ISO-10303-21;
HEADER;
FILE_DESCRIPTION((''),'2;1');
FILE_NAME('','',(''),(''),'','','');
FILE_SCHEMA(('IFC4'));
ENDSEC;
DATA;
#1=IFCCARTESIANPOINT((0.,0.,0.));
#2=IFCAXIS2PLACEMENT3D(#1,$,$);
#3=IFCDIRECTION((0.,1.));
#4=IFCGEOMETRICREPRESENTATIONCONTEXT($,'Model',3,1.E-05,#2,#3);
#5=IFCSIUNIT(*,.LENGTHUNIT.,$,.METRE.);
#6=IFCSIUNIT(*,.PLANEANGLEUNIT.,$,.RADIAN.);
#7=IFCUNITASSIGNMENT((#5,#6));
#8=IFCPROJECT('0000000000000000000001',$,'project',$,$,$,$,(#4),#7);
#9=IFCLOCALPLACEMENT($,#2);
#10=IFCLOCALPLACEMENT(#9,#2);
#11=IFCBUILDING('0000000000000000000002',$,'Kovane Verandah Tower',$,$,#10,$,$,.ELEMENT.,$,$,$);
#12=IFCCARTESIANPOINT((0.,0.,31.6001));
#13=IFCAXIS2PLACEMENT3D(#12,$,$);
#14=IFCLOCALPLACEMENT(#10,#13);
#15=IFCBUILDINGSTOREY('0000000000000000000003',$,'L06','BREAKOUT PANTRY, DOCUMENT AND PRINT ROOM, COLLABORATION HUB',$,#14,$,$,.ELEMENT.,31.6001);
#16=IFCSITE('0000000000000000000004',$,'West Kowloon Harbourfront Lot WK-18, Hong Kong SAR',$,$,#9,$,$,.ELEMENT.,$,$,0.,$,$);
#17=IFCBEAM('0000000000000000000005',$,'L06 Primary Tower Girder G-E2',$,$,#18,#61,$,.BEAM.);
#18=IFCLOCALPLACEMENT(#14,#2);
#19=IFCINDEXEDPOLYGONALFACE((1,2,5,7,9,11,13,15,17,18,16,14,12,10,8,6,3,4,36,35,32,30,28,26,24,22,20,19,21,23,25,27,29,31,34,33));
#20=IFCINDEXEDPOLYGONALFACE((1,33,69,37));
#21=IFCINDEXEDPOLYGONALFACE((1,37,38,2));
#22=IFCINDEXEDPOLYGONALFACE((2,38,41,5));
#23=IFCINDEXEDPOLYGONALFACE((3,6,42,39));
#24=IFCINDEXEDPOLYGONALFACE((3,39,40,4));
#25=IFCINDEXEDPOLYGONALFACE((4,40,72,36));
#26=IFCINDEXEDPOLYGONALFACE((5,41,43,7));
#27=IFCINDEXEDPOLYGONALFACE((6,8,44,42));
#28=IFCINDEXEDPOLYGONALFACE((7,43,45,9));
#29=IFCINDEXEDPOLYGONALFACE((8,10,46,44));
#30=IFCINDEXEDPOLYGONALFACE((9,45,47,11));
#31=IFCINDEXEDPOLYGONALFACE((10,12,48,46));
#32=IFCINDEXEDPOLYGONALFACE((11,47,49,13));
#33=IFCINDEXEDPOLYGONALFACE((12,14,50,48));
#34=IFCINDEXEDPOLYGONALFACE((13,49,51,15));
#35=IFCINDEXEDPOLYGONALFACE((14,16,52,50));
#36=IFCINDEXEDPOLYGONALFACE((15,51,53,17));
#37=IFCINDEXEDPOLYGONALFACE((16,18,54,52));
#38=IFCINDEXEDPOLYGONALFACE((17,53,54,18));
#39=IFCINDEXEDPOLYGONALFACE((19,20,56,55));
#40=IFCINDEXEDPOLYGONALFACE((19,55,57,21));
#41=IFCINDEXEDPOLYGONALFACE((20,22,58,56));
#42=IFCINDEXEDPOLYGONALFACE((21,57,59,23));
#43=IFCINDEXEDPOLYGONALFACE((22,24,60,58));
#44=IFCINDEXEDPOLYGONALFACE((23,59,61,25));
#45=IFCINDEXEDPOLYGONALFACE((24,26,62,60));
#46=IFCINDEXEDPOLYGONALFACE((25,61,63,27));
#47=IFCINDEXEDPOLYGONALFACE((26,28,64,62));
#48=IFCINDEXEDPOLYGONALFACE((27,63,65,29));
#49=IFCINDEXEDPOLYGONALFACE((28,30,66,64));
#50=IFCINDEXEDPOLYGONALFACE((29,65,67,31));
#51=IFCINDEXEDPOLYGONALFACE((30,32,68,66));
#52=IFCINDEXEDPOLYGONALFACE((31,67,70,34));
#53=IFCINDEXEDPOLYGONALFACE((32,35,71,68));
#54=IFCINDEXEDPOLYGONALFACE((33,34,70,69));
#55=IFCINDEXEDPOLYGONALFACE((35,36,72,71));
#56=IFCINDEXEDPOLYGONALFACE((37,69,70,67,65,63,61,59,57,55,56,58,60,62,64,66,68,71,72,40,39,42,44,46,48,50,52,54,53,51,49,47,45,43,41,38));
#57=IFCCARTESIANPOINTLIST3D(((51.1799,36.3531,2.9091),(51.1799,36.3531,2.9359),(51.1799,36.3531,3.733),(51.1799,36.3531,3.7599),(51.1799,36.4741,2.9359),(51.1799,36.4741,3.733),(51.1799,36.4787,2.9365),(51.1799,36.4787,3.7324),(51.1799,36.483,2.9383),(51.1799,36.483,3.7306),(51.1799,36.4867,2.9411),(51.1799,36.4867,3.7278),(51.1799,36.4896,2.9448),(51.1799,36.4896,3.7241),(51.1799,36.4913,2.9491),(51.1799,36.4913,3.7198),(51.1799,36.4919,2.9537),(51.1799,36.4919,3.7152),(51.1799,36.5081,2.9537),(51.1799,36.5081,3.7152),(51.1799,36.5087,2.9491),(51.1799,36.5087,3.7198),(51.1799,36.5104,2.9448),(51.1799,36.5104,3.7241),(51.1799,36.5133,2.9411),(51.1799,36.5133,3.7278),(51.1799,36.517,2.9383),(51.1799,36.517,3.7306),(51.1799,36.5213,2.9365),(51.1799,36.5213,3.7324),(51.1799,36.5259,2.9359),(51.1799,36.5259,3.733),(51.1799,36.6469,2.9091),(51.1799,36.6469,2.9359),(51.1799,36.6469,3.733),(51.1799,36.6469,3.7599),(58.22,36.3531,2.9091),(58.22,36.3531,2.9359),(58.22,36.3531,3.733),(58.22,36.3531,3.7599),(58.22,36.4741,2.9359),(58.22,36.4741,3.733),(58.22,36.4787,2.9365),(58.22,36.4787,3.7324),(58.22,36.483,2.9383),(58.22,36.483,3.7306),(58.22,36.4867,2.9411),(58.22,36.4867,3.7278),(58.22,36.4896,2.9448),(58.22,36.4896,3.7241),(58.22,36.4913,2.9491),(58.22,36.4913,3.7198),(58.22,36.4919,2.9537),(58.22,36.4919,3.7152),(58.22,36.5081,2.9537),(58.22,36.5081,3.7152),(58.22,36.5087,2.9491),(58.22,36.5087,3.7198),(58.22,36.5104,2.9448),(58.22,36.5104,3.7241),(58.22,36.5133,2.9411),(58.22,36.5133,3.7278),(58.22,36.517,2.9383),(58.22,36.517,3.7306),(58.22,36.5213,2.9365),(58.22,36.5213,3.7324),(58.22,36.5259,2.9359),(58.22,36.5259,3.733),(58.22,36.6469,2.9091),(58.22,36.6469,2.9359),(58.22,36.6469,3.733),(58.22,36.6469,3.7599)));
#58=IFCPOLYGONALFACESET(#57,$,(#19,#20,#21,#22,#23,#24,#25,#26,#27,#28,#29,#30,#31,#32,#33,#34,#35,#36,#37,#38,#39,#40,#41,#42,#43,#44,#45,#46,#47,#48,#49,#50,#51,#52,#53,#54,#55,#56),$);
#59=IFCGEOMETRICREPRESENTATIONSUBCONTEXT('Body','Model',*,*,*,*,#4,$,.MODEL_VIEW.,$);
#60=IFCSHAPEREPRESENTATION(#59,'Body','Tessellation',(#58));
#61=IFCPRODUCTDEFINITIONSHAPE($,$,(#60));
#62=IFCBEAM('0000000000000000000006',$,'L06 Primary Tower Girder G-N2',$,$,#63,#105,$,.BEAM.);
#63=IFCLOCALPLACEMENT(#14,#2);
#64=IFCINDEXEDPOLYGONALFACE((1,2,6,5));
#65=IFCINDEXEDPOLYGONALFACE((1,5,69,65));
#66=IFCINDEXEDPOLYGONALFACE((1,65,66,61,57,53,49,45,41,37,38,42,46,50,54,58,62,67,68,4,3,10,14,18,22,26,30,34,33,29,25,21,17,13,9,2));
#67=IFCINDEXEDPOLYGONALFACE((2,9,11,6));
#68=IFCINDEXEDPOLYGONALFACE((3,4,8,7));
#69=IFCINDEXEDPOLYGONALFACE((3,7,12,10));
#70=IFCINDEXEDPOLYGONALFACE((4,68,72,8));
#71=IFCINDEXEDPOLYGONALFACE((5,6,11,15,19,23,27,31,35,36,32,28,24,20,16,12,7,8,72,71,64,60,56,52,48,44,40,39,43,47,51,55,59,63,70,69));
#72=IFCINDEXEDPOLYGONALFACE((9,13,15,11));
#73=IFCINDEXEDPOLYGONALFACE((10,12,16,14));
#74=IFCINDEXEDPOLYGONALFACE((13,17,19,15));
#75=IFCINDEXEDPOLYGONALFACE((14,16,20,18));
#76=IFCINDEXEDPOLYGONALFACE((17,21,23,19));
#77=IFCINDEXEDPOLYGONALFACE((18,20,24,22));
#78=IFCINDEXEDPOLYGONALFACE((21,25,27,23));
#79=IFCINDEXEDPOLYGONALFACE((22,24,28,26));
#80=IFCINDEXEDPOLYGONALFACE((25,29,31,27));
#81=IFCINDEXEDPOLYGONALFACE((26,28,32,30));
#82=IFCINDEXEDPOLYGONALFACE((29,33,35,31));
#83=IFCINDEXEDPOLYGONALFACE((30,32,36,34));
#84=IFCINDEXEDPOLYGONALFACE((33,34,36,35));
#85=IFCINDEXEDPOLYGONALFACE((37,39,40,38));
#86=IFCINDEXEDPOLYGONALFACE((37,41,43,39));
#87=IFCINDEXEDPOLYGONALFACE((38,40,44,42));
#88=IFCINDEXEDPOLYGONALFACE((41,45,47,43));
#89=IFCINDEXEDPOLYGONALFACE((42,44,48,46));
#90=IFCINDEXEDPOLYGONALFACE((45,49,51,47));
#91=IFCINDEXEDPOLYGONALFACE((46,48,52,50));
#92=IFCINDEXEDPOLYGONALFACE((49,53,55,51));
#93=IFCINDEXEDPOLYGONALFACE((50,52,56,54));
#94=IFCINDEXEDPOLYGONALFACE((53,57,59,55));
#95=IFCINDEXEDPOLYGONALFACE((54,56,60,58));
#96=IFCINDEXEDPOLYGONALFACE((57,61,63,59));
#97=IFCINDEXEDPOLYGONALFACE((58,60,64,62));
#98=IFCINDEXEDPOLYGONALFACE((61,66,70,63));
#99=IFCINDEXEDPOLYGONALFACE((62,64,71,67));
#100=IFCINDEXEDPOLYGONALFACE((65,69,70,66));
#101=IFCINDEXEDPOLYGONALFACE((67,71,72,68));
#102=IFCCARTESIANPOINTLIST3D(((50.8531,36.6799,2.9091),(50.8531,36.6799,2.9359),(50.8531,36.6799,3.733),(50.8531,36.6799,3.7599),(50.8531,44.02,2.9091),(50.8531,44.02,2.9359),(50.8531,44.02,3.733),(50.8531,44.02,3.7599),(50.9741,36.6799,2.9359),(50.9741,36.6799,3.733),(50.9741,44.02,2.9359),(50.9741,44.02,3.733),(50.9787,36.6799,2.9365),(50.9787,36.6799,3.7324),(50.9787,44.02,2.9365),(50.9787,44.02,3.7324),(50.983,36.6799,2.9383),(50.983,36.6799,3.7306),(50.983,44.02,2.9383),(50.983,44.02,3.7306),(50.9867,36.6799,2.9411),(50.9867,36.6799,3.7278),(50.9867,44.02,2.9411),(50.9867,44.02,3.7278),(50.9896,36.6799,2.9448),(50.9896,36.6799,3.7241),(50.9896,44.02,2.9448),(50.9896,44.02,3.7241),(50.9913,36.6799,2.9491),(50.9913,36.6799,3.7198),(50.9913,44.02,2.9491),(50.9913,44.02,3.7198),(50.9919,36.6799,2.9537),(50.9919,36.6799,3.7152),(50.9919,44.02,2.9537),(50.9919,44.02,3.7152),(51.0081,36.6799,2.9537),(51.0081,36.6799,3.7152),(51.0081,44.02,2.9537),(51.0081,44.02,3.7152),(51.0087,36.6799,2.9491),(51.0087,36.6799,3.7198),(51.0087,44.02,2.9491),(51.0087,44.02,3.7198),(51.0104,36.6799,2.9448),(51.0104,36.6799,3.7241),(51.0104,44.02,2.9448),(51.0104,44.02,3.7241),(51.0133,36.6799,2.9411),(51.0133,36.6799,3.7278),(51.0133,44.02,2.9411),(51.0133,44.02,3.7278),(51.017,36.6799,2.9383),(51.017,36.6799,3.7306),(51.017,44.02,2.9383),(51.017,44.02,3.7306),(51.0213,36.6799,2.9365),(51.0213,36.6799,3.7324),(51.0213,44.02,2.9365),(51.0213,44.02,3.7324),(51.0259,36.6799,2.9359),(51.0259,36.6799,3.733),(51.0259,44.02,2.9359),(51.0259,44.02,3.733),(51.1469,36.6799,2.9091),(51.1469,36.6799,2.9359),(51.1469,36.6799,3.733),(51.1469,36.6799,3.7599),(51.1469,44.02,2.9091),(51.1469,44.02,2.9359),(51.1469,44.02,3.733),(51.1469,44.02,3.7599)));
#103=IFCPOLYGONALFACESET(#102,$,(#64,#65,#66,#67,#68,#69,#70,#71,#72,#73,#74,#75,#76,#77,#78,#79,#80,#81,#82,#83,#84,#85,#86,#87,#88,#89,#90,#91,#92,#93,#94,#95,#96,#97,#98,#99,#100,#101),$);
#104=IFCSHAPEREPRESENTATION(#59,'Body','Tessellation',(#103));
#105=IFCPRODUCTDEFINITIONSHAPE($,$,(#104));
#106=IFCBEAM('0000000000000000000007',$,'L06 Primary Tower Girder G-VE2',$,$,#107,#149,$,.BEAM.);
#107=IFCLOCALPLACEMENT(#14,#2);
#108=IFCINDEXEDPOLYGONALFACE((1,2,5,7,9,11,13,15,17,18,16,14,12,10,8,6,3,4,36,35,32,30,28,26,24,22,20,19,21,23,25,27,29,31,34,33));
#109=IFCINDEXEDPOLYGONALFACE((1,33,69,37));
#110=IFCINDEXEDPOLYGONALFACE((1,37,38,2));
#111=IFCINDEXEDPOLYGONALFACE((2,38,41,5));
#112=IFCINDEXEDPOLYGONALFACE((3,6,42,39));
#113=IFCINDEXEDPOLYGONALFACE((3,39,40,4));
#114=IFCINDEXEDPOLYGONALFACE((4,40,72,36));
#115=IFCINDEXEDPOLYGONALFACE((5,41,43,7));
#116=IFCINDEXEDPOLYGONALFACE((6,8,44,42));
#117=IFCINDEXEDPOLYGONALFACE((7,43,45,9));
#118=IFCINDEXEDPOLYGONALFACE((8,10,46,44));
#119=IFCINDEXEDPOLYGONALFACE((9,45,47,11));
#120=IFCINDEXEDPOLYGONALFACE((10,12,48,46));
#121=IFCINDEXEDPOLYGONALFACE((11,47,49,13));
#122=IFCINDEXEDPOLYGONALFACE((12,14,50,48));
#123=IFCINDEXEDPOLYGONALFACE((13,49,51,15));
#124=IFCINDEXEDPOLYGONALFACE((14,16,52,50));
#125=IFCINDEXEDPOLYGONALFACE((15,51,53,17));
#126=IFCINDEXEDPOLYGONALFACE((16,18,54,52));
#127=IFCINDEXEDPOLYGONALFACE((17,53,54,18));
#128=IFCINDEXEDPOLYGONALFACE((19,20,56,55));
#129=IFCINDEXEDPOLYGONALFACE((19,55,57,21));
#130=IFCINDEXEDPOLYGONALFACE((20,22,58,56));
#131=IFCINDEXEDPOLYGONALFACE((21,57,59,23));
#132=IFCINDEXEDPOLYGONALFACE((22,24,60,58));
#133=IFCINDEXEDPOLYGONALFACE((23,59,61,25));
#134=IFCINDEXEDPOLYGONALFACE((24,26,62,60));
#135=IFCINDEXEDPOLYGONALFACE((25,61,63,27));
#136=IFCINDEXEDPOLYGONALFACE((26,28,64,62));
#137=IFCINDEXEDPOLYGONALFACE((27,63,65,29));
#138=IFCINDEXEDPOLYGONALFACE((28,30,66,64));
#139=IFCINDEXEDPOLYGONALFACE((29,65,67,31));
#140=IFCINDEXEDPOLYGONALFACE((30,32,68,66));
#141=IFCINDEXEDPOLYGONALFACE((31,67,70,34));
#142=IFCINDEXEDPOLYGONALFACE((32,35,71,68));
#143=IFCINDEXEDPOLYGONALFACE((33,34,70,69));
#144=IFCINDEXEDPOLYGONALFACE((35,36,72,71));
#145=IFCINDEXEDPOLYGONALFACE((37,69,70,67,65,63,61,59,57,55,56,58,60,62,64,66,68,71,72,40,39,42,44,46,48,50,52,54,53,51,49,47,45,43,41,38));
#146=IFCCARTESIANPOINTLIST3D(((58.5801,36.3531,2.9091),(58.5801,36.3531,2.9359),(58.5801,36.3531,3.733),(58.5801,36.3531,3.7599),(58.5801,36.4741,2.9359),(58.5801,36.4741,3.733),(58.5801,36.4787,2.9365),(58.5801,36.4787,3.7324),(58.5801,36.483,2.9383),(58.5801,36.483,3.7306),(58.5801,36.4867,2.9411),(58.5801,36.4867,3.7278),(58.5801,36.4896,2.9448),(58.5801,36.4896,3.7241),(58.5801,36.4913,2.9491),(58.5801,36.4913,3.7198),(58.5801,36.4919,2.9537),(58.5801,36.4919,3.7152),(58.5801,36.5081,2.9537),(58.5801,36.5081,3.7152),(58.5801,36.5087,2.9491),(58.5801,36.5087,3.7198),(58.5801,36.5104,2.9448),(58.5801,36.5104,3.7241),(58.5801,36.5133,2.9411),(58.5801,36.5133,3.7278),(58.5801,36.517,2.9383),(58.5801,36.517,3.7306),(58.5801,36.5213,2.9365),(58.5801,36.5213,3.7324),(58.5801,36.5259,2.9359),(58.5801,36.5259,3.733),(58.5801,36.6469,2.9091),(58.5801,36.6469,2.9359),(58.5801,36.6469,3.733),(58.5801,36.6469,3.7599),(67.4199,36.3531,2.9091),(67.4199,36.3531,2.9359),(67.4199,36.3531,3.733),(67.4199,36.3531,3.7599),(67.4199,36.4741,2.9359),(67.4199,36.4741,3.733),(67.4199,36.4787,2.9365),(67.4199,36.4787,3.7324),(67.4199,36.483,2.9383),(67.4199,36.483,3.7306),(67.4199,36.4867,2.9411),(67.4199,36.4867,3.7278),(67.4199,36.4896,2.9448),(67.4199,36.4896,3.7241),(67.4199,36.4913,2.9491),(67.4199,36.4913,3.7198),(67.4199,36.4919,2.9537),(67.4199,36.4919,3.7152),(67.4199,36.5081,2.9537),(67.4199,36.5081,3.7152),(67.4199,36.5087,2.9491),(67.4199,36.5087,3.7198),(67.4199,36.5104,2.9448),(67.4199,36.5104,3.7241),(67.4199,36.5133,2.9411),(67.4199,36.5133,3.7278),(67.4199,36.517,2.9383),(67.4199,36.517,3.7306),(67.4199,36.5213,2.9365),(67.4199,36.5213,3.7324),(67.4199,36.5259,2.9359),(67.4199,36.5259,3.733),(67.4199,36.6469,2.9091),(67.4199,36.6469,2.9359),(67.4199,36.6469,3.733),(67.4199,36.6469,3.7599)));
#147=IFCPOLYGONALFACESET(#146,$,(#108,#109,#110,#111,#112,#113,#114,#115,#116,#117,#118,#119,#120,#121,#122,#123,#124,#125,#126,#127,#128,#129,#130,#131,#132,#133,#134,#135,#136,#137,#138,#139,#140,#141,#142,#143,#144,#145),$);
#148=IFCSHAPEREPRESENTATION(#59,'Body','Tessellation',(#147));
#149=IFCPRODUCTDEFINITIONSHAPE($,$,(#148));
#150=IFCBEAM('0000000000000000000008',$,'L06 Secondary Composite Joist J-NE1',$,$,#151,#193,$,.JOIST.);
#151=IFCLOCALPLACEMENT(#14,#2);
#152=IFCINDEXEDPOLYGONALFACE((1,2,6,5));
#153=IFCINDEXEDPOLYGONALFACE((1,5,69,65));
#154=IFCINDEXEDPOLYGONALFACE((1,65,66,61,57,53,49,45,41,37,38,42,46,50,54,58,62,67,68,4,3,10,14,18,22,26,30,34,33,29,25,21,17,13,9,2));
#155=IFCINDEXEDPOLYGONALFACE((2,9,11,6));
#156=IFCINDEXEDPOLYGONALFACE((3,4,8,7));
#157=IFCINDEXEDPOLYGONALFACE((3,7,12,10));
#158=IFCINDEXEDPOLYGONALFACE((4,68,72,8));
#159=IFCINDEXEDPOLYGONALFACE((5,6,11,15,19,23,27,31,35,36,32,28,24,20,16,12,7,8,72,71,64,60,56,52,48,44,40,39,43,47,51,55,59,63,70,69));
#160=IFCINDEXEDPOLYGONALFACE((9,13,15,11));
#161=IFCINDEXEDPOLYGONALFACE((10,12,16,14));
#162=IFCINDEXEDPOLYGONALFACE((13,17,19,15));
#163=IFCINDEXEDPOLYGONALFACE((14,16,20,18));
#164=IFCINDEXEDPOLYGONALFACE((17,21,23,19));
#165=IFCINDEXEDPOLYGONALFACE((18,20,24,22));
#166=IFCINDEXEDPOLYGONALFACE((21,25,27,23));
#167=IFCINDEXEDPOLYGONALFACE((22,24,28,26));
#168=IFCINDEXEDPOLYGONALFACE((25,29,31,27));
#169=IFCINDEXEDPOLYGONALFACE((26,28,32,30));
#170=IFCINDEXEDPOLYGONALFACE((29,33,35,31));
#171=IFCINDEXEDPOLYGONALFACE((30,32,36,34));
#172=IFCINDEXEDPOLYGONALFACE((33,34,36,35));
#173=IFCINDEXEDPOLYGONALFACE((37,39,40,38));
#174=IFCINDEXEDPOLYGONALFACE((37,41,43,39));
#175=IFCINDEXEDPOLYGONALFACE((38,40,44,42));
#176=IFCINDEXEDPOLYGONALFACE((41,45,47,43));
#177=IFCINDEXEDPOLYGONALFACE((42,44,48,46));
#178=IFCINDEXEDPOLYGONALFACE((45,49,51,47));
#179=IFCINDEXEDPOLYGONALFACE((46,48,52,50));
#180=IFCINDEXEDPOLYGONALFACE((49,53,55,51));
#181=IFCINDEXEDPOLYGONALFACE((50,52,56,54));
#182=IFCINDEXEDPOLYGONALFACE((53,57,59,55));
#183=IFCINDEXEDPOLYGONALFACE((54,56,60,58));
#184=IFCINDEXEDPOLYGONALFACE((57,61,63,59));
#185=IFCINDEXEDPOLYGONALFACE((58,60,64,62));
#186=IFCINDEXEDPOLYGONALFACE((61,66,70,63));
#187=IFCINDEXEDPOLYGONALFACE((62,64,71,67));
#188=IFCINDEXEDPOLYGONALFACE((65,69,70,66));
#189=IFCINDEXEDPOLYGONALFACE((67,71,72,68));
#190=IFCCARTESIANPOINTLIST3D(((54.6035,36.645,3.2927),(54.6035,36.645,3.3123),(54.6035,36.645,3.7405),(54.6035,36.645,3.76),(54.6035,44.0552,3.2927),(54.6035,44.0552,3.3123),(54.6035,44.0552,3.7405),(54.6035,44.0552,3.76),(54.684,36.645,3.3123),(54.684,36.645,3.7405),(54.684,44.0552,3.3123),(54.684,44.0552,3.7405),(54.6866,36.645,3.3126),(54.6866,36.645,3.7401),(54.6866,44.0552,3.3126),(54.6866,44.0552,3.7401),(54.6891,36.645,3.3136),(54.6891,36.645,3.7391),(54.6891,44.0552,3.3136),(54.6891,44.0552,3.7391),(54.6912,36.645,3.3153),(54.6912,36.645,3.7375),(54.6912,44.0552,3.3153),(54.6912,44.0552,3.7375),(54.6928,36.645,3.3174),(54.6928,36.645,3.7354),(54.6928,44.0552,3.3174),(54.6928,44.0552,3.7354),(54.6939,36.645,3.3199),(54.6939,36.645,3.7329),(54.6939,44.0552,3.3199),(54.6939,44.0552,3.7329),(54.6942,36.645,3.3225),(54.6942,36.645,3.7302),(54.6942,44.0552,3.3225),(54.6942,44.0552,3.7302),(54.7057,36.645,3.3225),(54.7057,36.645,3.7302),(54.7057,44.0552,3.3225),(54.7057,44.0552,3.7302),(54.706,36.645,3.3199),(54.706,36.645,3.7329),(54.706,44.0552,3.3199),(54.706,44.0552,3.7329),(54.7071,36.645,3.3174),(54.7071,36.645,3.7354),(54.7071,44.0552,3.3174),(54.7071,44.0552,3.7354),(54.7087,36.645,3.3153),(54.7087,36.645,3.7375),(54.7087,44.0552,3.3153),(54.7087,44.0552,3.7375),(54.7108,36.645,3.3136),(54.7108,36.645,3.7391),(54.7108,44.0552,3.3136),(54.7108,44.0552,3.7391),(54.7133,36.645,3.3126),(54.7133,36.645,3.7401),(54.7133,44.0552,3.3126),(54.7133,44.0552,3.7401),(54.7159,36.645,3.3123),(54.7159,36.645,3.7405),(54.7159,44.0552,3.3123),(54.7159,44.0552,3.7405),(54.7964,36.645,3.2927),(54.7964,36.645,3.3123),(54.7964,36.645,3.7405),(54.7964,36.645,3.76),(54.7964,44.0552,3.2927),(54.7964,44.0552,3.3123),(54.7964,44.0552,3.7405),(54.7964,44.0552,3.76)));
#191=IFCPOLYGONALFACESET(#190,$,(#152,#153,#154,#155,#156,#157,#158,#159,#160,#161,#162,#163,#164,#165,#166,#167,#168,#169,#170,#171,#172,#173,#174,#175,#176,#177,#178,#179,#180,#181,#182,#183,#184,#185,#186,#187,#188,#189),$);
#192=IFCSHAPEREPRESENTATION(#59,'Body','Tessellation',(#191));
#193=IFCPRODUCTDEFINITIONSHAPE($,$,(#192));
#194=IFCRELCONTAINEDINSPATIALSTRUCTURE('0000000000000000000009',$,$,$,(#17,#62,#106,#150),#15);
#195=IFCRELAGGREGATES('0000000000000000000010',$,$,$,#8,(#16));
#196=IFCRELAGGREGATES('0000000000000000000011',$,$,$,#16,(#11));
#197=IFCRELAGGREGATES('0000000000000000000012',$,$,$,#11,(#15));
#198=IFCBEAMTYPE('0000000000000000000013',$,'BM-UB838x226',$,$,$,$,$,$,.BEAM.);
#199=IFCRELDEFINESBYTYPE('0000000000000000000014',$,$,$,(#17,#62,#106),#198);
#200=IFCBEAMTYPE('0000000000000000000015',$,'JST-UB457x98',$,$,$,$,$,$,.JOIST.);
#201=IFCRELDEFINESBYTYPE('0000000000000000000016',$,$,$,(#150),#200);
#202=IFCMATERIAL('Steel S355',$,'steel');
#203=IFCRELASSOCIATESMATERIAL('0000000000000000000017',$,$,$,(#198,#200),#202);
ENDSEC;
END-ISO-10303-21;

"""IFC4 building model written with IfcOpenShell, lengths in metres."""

from ifc_helpers import new_model, si_unit, direction, frame, origin, origin_2d, place, context, subcontext, project, spatial, i_section, extrude, material, material_profile, profile_set, type_object, element, save


model = new_model("IFC4")

# Units and contexts
model_context = context("Model", 3, precision=1e-05, world=origin(), true_north=direction((0.0, 1.0)))
body_context = subcontext(model_context, "Body", "Model", "MODEL_VIEW")
ifc_project = project(units=[si_unit("LENGTHUNIT", "METRE"), si_unit("PLANEANGLEUNIT", "RADIAN")], contexts=[model_context])

# Site, building, storey
site_placement = place(None, origin())
site = spatial("IfcSite", under=ifc_project, at=site_placement, Name="West Kowloon Harbourfront Lot WK-18, Hong Kong SAR", CompositionType="ELEMENT", RefElevation=0.0)
building_placement = place(site_placement, origin())
building = spatial("IfcBuilding", under=site, at=building_placement, Name="Kovane Verandah Tower", CompositionType="ELEMENT")
storey_placement = place(building_placement, frame((0.0, 0.0, 31.6001)))
storey = spatial("IfcBuildingStorey", under=building, at=storey_placement, Name="L06", Description="BREAKOUT PANTRY, DOCUMENT AND PRINT ROOM, COLLABORATION HUB", CompositionType="ELEMENT", Elevation=31.6001)

# Beams
ifc_material_1 = material(Name="Steel S355", Category="steel")
ifc_material_profile_1 = material_profile(ifc_material_1, i_section(OverallWidth=0.2937, OverallDepth=0.8508, WebThickness=0.0161, FlangeThickness=0.0269, FilletRadius=0.0178, at=origin_2d()), Name="UB838x292x226")
ifc_profile_set_1 = profile_set([ifc_material_profile_1], Name="Steel S355")
beam_type_1 = type_object("IfcBeamType", Name="BM-UB838x226", PredefinedType="BEAM", material=ifc_profile_set_1)
beam_1_placement = place(storey_placement, frame((51.1799, 36.5, 3.3345), z_axis=(1.0, 0.0, 0.0), x_axis=(0.0, 1.0, 0.0)))
element("IfcBeam", 1, at=beam_1_placement, inside=storey, type_object=beam_type_1, Name="L06 Primary Tower Girder G-E2", PredefinedType="BEAM", context=body_context, shape_type="SweptSolid", body=[
    extrude(i_section(OverallWidth=0.2937, OverallDepth=0.8508, WebThickness=0.0161, FlangeThickness=0.0269, FilletRadius=0.0178, at=origin_2d()), origin(), (0.0, 0.0, 1.0), 7.04),
])
beam_2_placement = place(storey_placement, frame((51.0, 36.6799, 3.3345), z_axis=(0.0, 1.0, 0.0), x_axis=(-1.0, 0.0, 0.0)))
element("IfcBeam", 2, at=beam_2_placement, inside=storey, type_object=beam_type_1, Name="L06 Primary Tower Girder G-N2", PredefinedType="BEAM", context=body_context, shape_type="SweptSolid", body=[
    extrude(i_section(OverallWidth=0.2937, OverallDepth=0.8508, WebThickness=0.0161, FlangeThickness=0.0269, FilletRadius=0.0178, at=origin_2d()), origin(), (0.0, 0.0, 1.0), 7.3401),
])
beam_3_placement = place(storey_placement, frame((58.5801, 36.5, 3.3345), z_axis=(1.0, 0.0, 0.0), x_axis=(0.0, 1.0, 0.0)))
element("IfcBeam", 3, at=beam_3_placement, inside=storey, type_object=beam_type_1, Name="L06 Primary Tower Girder G-VE2", PredefinedType="BEAM", context=body_context, shape_type="SweptSolid", body=[
    extrude(i_section(OverallWidth=0.2937, OverallDepth=0.8508, WebThickness=0.0161, FlangeThickness=0.0269, FilletRadius=0.0178, at=origin_2d()), origin(), (0.0, 0.0, 1.0), 8.8398),
])
ifc_material_profile_2 = material_profile(ifc_material_1, i_section(OverallWidth=0.1929, OverallDepth=0.4673, WebThickness=0.0115, FlangeThickness=0.0195, FilletRadius=0.0103, at=origin_2d()), Name="UB457x191x98")
ifc_profile_set_2 = profile_set([ifc_material_profile_2], Name="Steel S355")
beam_type_2 = type_object("IfcBeamType", Name="JST-UB457x98", PredefinedType="JOIST", material=ifc_profile_set_2)
beam_4_placement = place(storey_placement, frame((54.7, 36.645, 3.5264), z_axis=(0.0, 1.0, 0.0), x_axis=(-1.0, 0.0, 0.0)))
element("IfcBeam", 4, at=beam_4_placement, inside=storey, type_object=beam_type_2, Name="L06 Secondary Composite Joist J-NE1", PredefinedType="JOIST", context=body_context, shape_type="SweptSolid", body=[
    extrude(i_section(OverallWidth=0.1929, OverallDepth=0.4673, WebThickness=0.0115, FlangeThickness=0.0195, FilletRadius=0.0103, at=origin_2d()), origin(), (0.0, 0.0, 1.0), 7.4102),
])

save(model, "model.ifc")
